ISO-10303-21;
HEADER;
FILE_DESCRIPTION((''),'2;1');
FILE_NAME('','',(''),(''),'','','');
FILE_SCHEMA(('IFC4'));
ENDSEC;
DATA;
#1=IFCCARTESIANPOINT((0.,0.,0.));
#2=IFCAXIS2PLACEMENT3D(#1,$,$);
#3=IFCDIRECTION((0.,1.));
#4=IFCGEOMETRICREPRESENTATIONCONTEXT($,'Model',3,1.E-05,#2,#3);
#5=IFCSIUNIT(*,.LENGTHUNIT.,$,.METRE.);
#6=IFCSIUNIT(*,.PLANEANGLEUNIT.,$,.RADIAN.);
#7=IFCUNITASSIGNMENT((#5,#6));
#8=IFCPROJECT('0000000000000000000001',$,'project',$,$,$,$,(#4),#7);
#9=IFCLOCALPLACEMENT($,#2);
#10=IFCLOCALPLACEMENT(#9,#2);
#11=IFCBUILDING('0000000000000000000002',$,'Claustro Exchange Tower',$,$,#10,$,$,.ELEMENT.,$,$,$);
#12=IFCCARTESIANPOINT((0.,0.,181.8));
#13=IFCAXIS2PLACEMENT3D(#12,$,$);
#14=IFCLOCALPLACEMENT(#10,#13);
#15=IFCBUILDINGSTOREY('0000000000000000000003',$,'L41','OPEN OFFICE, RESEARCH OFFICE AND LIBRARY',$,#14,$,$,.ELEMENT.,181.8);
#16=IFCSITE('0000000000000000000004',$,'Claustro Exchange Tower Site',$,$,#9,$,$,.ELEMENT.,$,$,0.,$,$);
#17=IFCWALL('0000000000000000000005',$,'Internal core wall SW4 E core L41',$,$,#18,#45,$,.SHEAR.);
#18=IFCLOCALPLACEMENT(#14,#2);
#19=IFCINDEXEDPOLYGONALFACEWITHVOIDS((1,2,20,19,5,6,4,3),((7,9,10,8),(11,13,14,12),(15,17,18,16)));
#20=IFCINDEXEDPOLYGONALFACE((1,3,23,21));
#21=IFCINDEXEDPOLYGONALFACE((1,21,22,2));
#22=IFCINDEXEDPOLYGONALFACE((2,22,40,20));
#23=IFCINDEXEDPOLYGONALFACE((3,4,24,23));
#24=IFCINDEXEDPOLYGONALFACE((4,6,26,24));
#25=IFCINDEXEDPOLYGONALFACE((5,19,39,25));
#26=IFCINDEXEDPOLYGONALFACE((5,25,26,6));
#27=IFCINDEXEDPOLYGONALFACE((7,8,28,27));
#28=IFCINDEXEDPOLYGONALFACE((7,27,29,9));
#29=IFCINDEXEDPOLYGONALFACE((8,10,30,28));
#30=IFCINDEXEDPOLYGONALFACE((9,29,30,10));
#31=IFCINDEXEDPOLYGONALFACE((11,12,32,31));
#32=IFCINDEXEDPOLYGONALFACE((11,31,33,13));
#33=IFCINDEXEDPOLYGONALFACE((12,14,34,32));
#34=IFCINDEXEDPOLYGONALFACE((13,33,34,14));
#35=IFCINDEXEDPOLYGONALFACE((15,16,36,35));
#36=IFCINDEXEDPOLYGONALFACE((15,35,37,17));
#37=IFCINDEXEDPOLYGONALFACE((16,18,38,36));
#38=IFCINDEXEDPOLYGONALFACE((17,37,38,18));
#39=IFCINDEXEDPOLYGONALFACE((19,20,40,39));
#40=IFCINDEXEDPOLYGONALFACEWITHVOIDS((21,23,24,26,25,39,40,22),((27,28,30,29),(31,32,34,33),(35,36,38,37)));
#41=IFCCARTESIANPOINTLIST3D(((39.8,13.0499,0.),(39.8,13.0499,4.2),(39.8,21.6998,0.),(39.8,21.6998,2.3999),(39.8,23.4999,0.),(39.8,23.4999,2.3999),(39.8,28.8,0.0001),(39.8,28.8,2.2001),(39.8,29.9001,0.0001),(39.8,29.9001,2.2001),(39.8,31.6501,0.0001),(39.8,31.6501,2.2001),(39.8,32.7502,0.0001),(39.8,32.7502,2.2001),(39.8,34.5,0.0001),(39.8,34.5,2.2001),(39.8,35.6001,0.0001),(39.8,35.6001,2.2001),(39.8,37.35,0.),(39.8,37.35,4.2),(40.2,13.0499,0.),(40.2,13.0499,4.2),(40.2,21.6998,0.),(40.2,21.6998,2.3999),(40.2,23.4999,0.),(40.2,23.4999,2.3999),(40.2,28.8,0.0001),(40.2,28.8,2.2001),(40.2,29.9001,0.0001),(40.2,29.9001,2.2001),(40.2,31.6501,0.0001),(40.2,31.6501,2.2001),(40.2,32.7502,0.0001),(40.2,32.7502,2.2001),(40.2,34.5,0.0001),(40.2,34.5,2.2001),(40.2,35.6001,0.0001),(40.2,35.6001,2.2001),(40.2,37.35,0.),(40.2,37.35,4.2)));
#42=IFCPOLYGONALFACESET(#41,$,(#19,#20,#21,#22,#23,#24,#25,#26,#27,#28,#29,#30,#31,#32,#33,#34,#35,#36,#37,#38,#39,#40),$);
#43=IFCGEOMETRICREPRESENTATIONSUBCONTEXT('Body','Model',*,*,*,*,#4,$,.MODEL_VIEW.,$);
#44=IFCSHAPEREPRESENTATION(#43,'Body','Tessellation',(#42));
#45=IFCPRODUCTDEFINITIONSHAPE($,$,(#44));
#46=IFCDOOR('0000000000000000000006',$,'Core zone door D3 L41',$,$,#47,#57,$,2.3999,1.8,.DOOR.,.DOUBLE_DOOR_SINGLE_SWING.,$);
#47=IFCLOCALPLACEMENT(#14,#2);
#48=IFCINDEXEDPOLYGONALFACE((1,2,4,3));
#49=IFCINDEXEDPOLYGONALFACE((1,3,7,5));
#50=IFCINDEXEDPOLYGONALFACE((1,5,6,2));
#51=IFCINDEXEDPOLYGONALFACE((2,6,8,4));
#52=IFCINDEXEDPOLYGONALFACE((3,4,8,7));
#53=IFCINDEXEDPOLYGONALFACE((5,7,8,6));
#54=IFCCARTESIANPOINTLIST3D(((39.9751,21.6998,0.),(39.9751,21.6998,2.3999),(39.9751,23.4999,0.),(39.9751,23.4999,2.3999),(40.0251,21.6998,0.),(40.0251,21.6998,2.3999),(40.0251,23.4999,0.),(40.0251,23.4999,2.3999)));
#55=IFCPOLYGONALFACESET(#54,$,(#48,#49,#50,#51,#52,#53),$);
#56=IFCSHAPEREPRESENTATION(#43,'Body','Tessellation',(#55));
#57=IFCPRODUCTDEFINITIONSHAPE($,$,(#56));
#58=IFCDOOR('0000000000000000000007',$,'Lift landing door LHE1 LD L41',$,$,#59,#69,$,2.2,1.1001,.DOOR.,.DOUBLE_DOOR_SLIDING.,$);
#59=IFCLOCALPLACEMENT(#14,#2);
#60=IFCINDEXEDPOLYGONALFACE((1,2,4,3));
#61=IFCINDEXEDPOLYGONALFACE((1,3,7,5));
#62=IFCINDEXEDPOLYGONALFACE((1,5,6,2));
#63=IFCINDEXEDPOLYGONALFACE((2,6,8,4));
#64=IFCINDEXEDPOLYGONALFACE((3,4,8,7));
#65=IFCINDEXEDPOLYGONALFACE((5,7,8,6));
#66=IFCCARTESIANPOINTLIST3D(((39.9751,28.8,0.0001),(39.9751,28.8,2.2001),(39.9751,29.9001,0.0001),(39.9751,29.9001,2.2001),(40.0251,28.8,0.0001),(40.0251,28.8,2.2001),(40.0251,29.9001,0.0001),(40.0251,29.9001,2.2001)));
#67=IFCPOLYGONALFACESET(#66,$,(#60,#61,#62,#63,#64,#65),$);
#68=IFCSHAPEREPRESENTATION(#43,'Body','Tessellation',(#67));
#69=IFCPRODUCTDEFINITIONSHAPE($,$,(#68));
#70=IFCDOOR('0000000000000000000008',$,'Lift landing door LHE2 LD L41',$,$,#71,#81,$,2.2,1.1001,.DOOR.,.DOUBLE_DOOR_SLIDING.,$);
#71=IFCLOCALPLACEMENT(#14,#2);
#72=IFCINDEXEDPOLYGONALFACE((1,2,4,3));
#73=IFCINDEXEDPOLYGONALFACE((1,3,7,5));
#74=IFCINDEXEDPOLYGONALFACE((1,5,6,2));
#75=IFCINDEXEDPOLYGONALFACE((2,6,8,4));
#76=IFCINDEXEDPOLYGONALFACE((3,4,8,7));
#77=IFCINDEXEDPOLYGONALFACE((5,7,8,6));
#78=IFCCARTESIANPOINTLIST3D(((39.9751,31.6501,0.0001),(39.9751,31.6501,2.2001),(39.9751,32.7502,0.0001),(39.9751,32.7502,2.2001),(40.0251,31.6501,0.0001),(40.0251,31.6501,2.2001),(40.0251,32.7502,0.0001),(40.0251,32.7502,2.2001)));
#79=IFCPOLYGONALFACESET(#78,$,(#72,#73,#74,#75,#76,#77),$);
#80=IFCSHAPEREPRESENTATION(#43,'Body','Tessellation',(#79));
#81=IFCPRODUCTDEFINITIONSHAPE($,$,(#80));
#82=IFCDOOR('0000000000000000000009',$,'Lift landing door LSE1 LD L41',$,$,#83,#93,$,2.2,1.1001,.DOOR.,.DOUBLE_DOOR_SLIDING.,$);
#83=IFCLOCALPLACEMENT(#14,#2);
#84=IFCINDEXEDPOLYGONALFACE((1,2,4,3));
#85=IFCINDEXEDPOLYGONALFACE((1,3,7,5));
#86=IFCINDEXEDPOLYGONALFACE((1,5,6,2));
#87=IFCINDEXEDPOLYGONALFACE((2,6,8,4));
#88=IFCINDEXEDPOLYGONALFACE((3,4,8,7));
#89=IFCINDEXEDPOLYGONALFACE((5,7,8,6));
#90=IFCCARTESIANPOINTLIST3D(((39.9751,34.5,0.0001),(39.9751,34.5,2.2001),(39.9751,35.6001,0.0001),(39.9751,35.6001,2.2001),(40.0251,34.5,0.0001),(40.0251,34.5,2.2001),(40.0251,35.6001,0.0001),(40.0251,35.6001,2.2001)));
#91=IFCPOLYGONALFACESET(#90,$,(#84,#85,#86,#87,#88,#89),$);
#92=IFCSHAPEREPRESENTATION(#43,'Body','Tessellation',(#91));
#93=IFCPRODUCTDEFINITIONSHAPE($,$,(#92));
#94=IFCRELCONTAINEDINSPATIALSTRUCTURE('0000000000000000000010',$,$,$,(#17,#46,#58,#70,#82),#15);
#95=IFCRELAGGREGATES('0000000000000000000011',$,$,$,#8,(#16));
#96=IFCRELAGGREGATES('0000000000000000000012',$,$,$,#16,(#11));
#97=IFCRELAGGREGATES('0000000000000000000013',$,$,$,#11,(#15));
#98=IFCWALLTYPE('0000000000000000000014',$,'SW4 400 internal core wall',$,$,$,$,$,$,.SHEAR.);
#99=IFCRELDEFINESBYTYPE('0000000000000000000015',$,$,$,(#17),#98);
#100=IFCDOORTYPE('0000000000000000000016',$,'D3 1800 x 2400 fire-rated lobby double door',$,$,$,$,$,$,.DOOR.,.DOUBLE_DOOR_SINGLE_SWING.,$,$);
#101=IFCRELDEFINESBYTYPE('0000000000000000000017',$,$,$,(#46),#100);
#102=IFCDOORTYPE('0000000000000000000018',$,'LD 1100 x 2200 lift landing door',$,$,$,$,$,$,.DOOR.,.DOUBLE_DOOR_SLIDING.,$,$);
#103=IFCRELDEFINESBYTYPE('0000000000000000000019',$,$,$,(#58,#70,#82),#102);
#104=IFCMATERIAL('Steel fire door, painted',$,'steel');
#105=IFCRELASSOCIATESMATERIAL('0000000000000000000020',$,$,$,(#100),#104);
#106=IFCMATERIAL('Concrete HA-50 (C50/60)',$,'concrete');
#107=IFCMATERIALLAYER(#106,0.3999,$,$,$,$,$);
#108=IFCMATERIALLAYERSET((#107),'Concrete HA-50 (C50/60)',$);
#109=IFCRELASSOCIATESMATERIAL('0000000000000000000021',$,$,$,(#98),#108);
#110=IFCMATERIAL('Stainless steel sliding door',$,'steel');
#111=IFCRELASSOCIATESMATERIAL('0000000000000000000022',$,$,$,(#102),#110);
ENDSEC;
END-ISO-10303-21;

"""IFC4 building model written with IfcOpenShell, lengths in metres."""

from ifc_helpers import new_model, si_unit, direction, frame, frame_2d, origin, place, context, subcontext, project, spatial, rectangle, extrude, material, layer, layer_set, type_object, element, fill, save


model = new_model("IFC4")

# Units and contexts
model_context = context("Model", 3, precision=1e-05, world=origin(), true_north=direction((0.0, 1.0)))
body_context = subcontext(model_context, "Body", "Model", "MODEL_VIEW")
ifc_project = project(units=[si_unit("LENGTHUNIT", "METRE"), si_unit("PLANEANGLEUNIT", "RADIAN")], contexts=[model_context])

# Site, building, storey
site_placement = place(None, origin())
site = spatial("IfcSite", under=ifc_project, at=site_placement, Name="Claustro Exchange Tower Site", CompositionType="ELEMENT", RefElevation=0.0)
building_placement = place(site_placement, origin())
building = spatial("IfcBuilding", under=site, at=building_placement, Name="Claustro Exchange Tower", CompositionType="ELEMENT")
storey_placement = place(building_placement, frame((0.0, 0.0, 181.8)))
storey = spatial("IfcBuildingStorey", under=building, at=storey_placement, Name="L41", Description="OPEN OFFICE, RESEARCH OFFICE AND LIBRARY", CompositionType="ELEMENT", Elevation=181.8)

# Shared definitions
ifc_material_1 = material(Name="Steel fire door, painted", Category="steel")
door_type_1 = type_object("IfcDoorType", Name="D3 1800 x 2400 fire-rated lobby double door", OperationType="DOUBLE_DOOR_SINGLE_SWING", PredefinedType="DOOR", material=ifc_material_1)

# Wall, openings, doors
ifc_material_2 = material(Name="Concrete HA-50 (C50/60)", Category="concrete")
ifc_layer_1 = layer(ifc_material_2, 0.3999)
ifc_layer_set_1 = layer_set([ifc_layer_1], Name="Concrete HA-50 (C50/60)")
wall_type_1 = type_object("IfcWallType", Name="SW4 400 internal core wall", PredefinedType="SHEAR", material=ifc_layer_set_1)
wall_1_placement = place(storey_placement, frame((40.0, 13.05, 0.0), z_axis=(0.0, 0.0, 1.0), x_axis=(0.0, 1.0, 0.0)))
wall_1 = element("IfcWall", 1, at=wall_1_placement, inside=storey, type_object=wall_type_1, Name="Internal core wall SW4 E core L41", PredefinedType="SHEAR", context=body_context, shape_type="SweptSolid", body=[
    extrude(rectangle(XDim=24.3, YDim=0.3999, at=frame_2d((12.1499, 0.0))), origin(), (0.0, 0.0, 1.0), 4.2),
])
opening_1_placement = place(wall_1_placement, frame((15.75, 0.0, 0.0)))
opening_1 = element("IfcOpeningElement", 2, at=opening_1_placement, cuts=wall_1, PredefinedType="OPENING", context=body_context, shape_type="SweptSolid", body=[
    extrude(rectangle(XDim=1.1001, YDim=2.2, at=frame_2d((0.55, 1.1001))), frame((0.0, 0.21, 0.0), z_axis=(0.0, -1.0, 0.0), x_axis=(1.0, 0.0, 0.0)), (0.0, 0.0, 1.0), 0.4199),
])
opening_2_placement = place(wall_1_placement, frame((18.6001, 0.0, 0.0)))
opening_2 = element("IfcOpeningElement", 3, at=opening_2_placement, cuts=wall_1, PredefinedType="OPENING", context=body_context, shape_type="SweptSolid", body=[
    extrude(rectangle(XDim=1.1001, YDim=2.2, at=frame_2d((0.55, 1.1001))), frame((0.0, 0.21, 0.0), z_axis=(0.0, -1.0, 0.0), x_axis=(1.0, 0.0, 0.0)), (0.0, 0.0, 1.0), 0.4199),
])
opening_3_placement = place(wall_1_placement, frame((21.45, 0.0, 0.0)))
opening_3 = element("IfcOpeningElement", 4, at=opening_3_placement, cuts=wall_1, PredefinedType="OPENING", context=body_context, shape_type="SweptSolid", body=[
    extrude(rectangle(XDim=1.1001, YDim=2.2, at=frame_2d((0.55, 1.1001))), frame((0.0, 0.21, 0.0), z_axis=(0.0, -1.0, 0.0), x_axis=(1.0, 0.0, 0.0)), (0.0, 0.0, 1.0), 0.4199),
])
opening_4_placement = place(wall_1_placement, frame((8.6499, 0.0, 0.0)))
opening_4 = element("IfcOpeningElement", 5, at=opening_4_placement, cuts=wall_1, PredefinedType="OPENING", context=body_context, shape_type="SweptSolid", body=[
    extrude(rectangle(XDim=1.8, YDim=2.3999, at=frame_2d((0.8999, 1.2))), frame((0.0, 0.21, 0.0), z_axis=(0.0, -1.0, 0.0), x_axis=(1.0, 0.0, 0.0)), (0.0, 0.0, 1.0), 0.4199),
])
door_1_placement = place(opening_4_placement, origin())
door_1 = element("IfcDoor", 6, at=door_1_placement, inside=storey, type_object=door_type_1, Name="Core zone door D3 L41", OperationType="DOUBLE_DOOR_SINGLE_SWING", OverallHeight=2.3999, OverallWidth=1.8, PredefinedType="DOOR", context=body_context, shape_type="SweptSolid", body=[
    extrude(rectangle(XDim=1.8, YDim=2.3999, at=frame_2d((0.8999, 1.2))), frame((0.0, 0.0249, 0.0), z_axis=(0.0, -1.0, 0.0), x_axis=(1.0, 0.0, 0.0)), (0.0, 0.0, 1.0), 0.05),
])
fill(opening_4, door_1)
ifc_material_3 = material(Name="Stainless steel sliding door", Category="steel")
door_type_2 = type_object("IfcDoorType", Name="LD 1100 x 2200 lift landing door", OperationType="DOUBLE_DOOR_SLIDING", PredefinedType="DOOR", material=ifc_material_3)
door_2_placement = place(opening_1_placement, origin())
door_2 = element("IfcDoor", 7, at=door_2_placement, inside=storey, type_object=door_type_2, Name="Lift landing door LHE1 LD L41", OperationType="DOUBLE_DOOR_SLIDING", OverallHeight=2.2, OverallWidth=1.1001, PredefinedType="DOOR", context=body_context, shape_type="SweptSolid", body=[
    extrude(rectangle(XDim=1.1001, YDim=2.2, at=frame_2d((0.55, 1.1001))), frame((0.0, 0.0249, 0.0), z_axis=(0.0, -1.0, 0.0), x_axis=(1.0, 0.0, 0.0)), (0.0, 0.0, 1.0), 0.05),
])
fill(opening_1, door_2)
door_3_placement = place(opening_2_placement, origin())
door_3 = element("IfcDoor", 8, at=door_3_placement, inside=storey, type_object=door_type_2, Name="Lift landing door LHE2 LD L41", OperationType="DOUBLE_DOOR_SLIDING", OverallHeight=2.2, OverallWidth=1.1001, PredefinedType="DOOR", context=body_context, shape_type="SweptSolid", body=[
    extrude(rectangle(XDim=1.1001, YDim=2.2, at=frame_2d((0.55, 1.1001))), frame((0.0, 0.0249, 0.0), z_axis=(0.0, -1.0, 0.0), x_axis=(1.0, 0.0, 0.0)), (0.0, 0.0, 1.0), 0.05),
])
fill(opening_2, door_3)
door_4_placement = place(opening_3_placement, origin())
door_4 = element("IfcDoor", 9, at=door_4_placement, inside=storey, type_object=door_type_2, Name="Lift landing door LSE1 LD L41", OperationType="DOUBLE_DOOR_SLIDING", OverallHeight=2.2, OverallWidth=1.1001, PredefinedType="DOOR", context=body_context, shape_type="SweptSolid", body=[
    extrude(rectangle(XDim=1.1001, YDim=2.2, at=frame_2d((0.55, 1.1001))), frame((0.0, 0.0249, 0.0), z_axis=(0.0, -1.0, 0.0), x_axis=(1.0, 0.0, 0.0)), (0.0, 0.0, 1.0), 0.05),
])
fill(opening_3, door_4)

save(model, "model.ifc")
